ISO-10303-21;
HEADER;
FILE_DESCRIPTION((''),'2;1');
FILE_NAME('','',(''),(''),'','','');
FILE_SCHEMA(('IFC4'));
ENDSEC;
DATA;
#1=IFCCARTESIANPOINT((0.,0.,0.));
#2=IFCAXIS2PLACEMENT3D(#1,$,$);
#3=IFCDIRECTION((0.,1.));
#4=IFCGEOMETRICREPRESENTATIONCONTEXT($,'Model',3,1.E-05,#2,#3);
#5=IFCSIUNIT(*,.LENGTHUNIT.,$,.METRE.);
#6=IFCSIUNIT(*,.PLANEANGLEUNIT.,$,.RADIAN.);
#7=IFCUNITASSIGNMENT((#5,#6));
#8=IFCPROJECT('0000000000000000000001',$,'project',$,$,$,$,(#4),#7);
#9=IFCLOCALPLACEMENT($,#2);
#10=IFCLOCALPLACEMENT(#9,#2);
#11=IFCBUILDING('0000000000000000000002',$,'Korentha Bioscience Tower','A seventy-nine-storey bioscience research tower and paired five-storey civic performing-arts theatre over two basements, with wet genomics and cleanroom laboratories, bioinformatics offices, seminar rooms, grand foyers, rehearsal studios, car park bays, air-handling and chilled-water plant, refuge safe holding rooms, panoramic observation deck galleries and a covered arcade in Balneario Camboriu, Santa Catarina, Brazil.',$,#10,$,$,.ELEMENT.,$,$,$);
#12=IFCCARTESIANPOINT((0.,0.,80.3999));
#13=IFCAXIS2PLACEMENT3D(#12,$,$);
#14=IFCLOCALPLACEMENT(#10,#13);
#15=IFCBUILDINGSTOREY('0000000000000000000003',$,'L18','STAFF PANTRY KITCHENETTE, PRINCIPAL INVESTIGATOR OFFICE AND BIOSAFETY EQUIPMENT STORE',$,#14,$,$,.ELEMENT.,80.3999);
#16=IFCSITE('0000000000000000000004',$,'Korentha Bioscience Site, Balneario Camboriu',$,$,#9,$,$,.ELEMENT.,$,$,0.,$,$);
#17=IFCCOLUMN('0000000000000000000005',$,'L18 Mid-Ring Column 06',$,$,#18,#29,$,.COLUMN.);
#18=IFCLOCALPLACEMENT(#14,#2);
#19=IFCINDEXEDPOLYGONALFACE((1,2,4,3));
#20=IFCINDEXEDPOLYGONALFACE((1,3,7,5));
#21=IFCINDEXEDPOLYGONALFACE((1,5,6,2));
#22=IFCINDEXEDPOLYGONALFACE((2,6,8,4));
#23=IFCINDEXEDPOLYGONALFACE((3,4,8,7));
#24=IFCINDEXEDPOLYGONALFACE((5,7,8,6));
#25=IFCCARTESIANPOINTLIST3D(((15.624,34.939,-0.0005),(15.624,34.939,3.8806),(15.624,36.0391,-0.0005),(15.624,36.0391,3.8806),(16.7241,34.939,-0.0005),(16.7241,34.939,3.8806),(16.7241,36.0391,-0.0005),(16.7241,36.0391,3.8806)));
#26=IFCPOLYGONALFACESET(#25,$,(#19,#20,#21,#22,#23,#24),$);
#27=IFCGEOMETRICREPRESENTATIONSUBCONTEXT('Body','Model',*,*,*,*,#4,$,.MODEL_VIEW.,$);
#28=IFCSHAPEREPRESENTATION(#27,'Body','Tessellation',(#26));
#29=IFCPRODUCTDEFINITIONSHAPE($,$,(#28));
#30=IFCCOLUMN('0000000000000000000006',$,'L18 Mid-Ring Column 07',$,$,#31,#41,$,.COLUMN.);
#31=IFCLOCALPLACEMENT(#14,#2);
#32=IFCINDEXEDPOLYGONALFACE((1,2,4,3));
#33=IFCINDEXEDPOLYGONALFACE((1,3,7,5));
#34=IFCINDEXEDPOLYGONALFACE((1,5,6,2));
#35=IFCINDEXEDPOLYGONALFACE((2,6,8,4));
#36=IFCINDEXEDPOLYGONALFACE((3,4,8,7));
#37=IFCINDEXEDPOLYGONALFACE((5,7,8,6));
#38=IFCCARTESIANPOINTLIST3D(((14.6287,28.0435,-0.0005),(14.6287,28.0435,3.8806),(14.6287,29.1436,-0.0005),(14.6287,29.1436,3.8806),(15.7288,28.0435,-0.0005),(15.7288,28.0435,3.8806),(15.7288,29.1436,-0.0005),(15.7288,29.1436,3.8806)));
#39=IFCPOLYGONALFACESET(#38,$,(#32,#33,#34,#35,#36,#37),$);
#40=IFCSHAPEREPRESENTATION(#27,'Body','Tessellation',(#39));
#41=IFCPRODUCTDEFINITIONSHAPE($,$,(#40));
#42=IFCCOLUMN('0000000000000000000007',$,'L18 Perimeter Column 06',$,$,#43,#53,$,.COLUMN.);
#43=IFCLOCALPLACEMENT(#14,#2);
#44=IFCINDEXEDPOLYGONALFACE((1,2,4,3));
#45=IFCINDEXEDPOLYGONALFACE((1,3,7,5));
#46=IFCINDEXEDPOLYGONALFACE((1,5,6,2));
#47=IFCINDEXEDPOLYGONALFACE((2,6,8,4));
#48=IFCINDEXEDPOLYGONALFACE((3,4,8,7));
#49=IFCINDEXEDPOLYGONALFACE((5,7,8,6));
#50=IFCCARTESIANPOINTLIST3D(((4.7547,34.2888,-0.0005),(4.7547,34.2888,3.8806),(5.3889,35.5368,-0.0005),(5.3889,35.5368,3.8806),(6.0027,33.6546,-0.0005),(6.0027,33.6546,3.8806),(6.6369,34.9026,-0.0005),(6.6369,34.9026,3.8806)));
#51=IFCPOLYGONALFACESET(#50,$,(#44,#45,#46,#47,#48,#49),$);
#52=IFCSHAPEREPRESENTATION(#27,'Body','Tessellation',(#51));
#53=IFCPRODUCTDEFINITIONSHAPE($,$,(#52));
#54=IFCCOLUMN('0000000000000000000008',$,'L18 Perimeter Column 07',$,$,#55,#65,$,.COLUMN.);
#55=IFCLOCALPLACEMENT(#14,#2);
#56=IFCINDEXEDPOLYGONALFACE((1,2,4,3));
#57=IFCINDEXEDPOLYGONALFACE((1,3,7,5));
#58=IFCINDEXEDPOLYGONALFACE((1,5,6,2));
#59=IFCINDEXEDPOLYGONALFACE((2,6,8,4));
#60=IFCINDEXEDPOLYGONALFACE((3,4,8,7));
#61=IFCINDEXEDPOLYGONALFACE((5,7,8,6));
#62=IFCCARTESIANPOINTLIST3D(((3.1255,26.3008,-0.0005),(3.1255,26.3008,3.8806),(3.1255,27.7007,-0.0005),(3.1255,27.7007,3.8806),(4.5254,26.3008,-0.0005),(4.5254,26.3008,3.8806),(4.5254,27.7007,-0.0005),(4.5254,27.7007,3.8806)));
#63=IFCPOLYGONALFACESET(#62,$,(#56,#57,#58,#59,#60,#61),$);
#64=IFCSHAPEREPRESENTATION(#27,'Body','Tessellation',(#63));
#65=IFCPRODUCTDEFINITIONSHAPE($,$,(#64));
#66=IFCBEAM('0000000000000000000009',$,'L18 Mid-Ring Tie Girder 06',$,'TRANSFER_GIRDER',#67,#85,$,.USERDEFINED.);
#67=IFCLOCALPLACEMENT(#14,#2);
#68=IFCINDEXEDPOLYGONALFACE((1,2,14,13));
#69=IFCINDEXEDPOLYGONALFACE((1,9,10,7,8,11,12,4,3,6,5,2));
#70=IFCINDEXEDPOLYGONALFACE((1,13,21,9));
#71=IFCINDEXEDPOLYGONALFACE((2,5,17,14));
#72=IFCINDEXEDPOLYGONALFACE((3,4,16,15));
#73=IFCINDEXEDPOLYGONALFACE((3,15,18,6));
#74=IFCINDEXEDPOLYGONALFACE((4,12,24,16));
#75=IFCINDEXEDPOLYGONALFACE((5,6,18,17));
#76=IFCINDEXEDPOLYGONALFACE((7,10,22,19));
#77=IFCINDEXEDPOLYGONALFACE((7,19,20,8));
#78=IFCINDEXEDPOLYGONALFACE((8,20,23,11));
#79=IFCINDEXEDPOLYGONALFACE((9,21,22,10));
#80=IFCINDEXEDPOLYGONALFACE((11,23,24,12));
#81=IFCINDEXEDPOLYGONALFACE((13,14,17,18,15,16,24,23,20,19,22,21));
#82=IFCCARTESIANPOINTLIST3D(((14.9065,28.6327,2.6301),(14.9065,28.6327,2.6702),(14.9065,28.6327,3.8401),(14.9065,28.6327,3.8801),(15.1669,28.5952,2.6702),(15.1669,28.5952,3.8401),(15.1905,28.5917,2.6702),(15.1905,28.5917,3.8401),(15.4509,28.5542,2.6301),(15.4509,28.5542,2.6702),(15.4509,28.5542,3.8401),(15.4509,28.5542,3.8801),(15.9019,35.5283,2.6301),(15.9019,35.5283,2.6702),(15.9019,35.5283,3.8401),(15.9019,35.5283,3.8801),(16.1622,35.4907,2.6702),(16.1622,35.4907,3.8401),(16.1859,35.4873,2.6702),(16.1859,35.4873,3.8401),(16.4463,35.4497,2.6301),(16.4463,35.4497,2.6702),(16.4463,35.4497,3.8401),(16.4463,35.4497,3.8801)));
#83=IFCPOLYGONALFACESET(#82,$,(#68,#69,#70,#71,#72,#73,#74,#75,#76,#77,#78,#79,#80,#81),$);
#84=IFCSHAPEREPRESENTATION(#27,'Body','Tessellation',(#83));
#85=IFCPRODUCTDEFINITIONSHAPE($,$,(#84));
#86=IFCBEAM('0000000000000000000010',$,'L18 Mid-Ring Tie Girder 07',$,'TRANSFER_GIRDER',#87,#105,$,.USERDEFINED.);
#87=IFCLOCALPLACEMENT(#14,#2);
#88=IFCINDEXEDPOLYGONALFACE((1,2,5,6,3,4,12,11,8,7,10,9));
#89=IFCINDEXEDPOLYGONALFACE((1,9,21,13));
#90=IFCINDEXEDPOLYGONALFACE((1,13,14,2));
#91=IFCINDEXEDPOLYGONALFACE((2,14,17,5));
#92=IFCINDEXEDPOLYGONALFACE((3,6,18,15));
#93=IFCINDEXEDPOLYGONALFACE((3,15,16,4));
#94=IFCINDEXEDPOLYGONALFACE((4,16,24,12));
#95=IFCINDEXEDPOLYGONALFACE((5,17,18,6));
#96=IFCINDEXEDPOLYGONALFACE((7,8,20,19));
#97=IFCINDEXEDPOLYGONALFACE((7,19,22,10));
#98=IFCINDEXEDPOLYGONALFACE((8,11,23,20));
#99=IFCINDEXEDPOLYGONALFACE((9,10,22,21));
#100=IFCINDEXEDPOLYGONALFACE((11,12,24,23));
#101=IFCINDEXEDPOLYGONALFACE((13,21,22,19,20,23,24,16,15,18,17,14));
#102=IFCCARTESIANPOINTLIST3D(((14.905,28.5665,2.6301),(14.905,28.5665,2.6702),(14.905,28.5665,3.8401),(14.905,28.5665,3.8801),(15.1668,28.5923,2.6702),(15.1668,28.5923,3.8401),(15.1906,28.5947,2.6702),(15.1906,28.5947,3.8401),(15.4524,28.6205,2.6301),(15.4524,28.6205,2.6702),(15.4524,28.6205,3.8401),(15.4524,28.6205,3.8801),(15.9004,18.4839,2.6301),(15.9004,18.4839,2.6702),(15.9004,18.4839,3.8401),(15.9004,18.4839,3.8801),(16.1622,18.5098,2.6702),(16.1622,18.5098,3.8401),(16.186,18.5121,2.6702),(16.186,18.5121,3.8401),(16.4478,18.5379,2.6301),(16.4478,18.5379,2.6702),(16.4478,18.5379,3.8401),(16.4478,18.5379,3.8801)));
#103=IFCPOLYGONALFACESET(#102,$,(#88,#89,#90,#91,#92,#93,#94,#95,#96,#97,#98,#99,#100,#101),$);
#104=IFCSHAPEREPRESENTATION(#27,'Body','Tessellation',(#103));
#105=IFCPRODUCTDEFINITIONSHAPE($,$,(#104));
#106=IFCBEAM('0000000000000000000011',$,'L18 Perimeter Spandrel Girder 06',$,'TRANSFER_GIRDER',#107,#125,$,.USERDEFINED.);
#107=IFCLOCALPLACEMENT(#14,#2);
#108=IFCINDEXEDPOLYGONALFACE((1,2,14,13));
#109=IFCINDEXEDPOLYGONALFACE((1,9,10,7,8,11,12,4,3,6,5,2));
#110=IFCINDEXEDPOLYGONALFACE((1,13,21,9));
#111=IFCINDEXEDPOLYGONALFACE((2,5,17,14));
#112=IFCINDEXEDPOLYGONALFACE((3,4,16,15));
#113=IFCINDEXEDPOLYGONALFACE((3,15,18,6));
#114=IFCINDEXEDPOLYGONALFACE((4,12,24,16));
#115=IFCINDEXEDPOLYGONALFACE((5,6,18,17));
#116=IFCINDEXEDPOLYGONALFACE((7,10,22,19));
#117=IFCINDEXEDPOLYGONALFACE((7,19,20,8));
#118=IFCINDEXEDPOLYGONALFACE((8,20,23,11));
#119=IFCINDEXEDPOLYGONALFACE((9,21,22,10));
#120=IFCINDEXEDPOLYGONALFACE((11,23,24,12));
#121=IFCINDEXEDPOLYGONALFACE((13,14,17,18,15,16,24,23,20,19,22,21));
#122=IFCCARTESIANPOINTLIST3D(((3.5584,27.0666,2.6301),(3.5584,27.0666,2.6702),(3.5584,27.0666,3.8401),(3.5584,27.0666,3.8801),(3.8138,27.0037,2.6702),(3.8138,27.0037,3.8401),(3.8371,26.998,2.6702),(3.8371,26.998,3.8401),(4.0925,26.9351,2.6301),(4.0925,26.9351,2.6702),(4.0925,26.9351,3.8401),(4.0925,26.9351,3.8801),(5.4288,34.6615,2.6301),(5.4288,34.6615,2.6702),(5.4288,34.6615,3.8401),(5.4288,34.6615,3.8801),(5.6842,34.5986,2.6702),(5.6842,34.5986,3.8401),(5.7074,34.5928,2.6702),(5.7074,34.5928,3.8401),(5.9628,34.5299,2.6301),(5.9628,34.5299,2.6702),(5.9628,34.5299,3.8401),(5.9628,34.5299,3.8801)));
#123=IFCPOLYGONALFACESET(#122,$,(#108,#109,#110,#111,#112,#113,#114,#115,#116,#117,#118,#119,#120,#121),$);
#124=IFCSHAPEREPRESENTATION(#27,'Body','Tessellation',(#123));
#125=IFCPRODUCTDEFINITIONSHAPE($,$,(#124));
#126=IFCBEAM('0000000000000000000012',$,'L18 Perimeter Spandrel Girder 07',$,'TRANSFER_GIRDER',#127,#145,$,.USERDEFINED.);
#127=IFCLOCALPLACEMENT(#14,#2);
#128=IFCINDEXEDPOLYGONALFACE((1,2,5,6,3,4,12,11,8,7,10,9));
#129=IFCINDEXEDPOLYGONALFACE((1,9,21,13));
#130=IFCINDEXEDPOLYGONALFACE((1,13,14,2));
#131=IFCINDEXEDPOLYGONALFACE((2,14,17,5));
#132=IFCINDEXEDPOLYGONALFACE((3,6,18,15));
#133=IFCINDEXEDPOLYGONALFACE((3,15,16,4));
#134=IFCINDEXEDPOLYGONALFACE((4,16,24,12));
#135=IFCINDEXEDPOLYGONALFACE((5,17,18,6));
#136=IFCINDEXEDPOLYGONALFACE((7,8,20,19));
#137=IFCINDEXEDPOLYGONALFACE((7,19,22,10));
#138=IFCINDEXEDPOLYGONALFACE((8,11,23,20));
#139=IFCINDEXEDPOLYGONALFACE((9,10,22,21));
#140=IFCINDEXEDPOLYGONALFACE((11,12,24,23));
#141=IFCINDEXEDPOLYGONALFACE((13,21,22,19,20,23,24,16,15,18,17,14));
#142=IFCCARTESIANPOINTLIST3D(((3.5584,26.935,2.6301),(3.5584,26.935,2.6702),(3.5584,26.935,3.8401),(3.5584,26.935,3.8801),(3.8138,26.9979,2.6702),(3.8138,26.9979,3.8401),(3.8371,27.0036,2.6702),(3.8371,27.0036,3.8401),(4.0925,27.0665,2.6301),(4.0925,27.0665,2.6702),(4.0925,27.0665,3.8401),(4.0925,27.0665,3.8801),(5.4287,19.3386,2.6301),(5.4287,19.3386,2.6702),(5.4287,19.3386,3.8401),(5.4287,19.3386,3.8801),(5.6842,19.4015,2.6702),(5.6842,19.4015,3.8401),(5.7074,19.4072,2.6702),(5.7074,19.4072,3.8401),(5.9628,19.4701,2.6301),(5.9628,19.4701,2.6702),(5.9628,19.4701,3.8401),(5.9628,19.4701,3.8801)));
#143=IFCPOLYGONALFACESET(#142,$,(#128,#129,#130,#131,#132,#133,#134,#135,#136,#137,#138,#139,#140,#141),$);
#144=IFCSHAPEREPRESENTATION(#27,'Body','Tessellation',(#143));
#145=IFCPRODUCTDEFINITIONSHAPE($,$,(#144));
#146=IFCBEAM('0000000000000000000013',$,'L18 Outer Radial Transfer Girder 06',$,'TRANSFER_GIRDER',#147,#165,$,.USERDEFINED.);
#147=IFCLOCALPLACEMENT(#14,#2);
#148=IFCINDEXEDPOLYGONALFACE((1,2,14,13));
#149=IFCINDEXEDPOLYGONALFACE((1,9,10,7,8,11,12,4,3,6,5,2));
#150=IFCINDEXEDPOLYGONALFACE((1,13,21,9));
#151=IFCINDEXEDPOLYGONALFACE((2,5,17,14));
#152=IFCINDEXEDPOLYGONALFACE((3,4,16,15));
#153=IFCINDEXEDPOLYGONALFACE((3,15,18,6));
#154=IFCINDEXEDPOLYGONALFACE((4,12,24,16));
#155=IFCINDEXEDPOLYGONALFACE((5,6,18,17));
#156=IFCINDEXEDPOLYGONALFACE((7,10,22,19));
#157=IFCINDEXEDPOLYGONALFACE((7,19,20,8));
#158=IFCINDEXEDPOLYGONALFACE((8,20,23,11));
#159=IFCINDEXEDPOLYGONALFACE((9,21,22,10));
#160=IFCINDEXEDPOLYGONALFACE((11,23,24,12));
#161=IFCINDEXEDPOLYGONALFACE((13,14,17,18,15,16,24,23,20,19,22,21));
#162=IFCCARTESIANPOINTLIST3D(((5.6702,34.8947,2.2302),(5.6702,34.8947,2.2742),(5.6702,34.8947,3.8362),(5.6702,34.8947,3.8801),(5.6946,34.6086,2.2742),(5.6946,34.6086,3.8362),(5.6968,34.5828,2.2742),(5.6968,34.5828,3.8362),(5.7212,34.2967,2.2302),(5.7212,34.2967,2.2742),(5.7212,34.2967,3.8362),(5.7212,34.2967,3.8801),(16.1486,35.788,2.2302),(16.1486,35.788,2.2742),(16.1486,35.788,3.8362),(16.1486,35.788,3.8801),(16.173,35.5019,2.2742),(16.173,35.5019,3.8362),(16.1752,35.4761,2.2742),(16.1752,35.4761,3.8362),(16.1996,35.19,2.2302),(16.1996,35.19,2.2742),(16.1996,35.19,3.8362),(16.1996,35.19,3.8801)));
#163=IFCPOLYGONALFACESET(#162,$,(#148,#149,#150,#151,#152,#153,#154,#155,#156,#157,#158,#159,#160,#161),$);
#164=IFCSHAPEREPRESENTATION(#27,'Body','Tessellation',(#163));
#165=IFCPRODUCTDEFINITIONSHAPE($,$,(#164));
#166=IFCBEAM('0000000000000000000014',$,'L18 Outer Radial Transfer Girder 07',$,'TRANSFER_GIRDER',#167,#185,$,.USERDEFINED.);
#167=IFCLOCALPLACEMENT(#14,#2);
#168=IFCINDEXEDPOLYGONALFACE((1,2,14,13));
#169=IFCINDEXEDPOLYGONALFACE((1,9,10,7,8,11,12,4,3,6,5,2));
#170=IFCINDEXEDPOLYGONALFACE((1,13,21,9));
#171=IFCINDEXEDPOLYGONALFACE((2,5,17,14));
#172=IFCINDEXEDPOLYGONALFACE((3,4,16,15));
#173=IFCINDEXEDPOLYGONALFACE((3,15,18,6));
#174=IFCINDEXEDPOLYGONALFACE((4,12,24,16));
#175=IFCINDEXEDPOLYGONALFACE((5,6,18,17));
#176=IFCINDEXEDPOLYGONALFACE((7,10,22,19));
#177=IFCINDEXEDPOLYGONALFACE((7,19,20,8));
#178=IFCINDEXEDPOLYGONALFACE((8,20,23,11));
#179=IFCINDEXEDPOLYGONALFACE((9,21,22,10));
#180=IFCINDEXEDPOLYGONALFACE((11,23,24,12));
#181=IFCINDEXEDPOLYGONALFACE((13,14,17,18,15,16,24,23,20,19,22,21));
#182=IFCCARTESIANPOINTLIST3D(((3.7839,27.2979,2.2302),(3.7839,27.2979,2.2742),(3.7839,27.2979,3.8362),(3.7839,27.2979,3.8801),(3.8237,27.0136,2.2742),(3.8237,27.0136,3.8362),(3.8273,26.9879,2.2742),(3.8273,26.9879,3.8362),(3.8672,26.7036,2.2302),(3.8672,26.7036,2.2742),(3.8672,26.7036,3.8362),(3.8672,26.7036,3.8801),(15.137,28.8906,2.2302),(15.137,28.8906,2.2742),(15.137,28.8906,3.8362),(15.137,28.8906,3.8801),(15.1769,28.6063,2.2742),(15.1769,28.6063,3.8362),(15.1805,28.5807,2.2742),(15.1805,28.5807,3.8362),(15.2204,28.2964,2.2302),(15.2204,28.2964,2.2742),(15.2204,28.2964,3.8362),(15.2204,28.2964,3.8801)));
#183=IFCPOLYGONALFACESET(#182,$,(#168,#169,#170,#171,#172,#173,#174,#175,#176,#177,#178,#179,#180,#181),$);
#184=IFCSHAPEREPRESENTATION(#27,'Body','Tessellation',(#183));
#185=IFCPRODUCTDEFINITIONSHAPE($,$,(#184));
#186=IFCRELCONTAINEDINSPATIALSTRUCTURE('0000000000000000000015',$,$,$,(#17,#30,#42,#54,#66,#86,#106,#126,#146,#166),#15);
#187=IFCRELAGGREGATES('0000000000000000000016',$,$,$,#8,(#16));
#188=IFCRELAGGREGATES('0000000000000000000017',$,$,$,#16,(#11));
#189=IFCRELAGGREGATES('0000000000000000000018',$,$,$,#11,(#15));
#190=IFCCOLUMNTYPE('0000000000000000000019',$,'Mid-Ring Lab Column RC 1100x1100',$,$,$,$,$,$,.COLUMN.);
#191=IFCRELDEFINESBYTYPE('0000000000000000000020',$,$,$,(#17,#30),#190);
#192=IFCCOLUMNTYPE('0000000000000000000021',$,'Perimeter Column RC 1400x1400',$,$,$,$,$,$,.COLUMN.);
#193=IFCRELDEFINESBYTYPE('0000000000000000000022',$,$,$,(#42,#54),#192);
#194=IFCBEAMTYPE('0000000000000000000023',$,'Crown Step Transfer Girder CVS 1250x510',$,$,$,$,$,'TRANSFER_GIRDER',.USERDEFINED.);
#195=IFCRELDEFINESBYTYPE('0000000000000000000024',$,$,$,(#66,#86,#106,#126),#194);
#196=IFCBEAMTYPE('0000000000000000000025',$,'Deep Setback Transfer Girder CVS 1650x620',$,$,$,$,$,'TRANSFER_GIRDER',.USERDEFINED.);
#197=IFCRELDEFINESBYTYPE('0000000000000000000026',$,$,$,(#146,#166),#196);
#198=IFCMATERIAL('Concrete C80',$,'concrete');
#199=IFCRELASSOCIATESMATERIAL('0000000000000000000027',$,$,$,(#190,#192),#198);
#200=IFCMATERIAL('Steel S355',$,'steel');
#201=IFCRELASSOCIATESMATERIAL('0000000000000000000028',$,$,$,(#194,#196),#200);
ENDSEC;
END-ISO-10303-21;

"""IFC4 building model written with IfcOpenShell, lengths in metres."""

from ifc_helpers import new_model, si_unit, direction, frame, origin, origin_2d, place, context, subcontext, project, spatial, rectangle, i_section, extrude, material, material_profile, profile_set, type_object, element, save


model = new_model("IFC4")

# Units and contexts
model_context = context("Model", 3, precision=1e-05, world=origin(), true_north=direction((0.0, 1.0)))
body_context = subcontext(model_context, "Body", "Model", "MODEL_VIEW")
ifc_project = project(units=[si_unit("LENGTHUNIT", "METRE"), si_unit("PLANEANGLEUNIT", "RADIAN")], contexts=[model_context])

# Site, building, storey
site_placement = place(None, origin())
site = spatial("IfcSite", under=ifc_project, at=site_placement, Name="Korentha Bioscience Site, Balneario Camboriu", CompositionType="ELEMENT", RefElevation=0.0)
building_placement = place(site_placement, origin())
building = spatial("IfcBuilding", under=site, at=building_placement, Name="Korentha Bioscience Tower", Description="A seventy-nine-storey bioscience research tower and paired five-storey civic performing-arts theatre over two basements, with wet genomics and cleanroom laboratories, bioinformatics offices, seminar rooms, grand foyers, rehearsal studios, car park bays, air-handling and chilled-water plant, refuge safe holding rooms, panoramic observation deck galleries and a covered arcade in Balneario Camboriu, Santa Catarina, Brazil.", CompositionType="ELEMENT")
storey_placement = place(building_placement, frame((0.0, 0.0, 80.3999)))
storey = spatial("IfcBuildingStorey", under=building, at=storey_placement, Name="L18", Description="STAFF PANTRY KITCHENETTE, PRINCIPAL INVESTIGATOR OFFICE AND BIOSAFETY EQUIPMENT STORE", CompositionType="ELEMENT", Elevation=80.3999)

# Columns
ifc_material_1 = material(Name="Concrete C80", Category="concrete")
ifc_material_profile_1 = material_profile(ifc_material_1, rectangle(XDim=1.1001, YDim=1.1001, at=origin_2d()), Name="Concrete C80")
ifc_profile_set_1 = profile_set([ifc_material_profile_1], Name="Concrete C80 (COL-MR11)")
column_type_1 = type_object("IfcColumnType", Name="Mid-Ring Lab Column RC 1100x1100", PredefinedType="COLUMN", material=ifc_profile_set_1)
for number, where, z_axis, x_axis, name in (
    (1, (16.1741, 35.489, -0.0005), (0.0, 0.0, 1.0), (1.0, 0.0, 0.0), "L18 Mid-Ring Column 06"),
    (2, (15.1787, 28.5935, -0.0005), (0.0, 0.0, 1.0), (1.0, 0.0, 0.0), "L18 Mid-Ring Column 07"),
):
    element("IfcColumn", number, at=place(storey_placement, frame(where, z_axis=z_axis, x_axis=x_axis)), inside=storey, type_object=column_type_1, Name=name, PredefinedType="COLUMN", context=body_context, shape_type="SweptSolid", body=[
        extrude(rectangle(XDim=1.1001, YDim=1.1001, at=origin_2d()), origin(), (0.0, 0.0, 1.0), 3.8811),
    ])
ifc_material_profile_2 = material_profile(ifc_material_1, rectangle(XDim=1.3999, YDim=1.3999, at=origin_2d()), Name="Concrete C80")
ifc_profile_set_2 = profile_set([ifc_material_profile_2], Name="Concrete C80 (COL-P14)")
column_type_2 = type_object("IfcColumnType", Name="Perimeter Column RC 1400x1400", PredefinedType="COLUMN", material=ifc_profile_set_2)
for number, where, z_axis, x_axis, name in (
    (3, (5.6958, 34.5957, -0.0005), (0.0, 0.0, 1.0), (0.453057, 0.891481, 0.0), "L18 Perimeter Column 06"),
    (4, (3.8254, 27.0007, -0.0005), (0.0, 0.0, 1.0), (0.0, 1.0, 0.0), "L18 Perimeter Column 07"),
):
    element("IfcColumn", number, at=place(storey_placement, frame(where, z_axis=z_axis, x_axis=x_axis)), inside=storey, type_object=column_type_2, Name=name, PredefinedType="COLUMN", context=body_context, shape_type="SweptSolid", body=[
        extrude(rectangle(XDim=1.3999, YDim=1.3999, at=origin_2d()), origin(), (0.0, 0.0, 1.0), 3.8811),
    ])

# Beams
ifc_material_2 = material(Name="Steel S355", Category="steel")
ifc_material_profile_3 = material_profile(ifc_material_2, i_section(OverallWidth=0.55, OverallDepth=1.25, WebThickness=0.0239, FlangeThickness=0.04, at=origin_2d()), Name="Steel S355")
ifc_profile_set_3 = profile_set([ifc_material_profile_3], Name="Steel S355 (TG-03)")
beam_type_1 = type_object("IfcBeamType", Name="Crown Step Transfer Girder CVS 1250x510", ElementType="TRANSFER_GIRDER", PredefinedType="USERDEFINED", material=ifc_profile_set_3)
beam_1_placement = place(storey_placement, frame((16.1741, 35.489, 3.2551), z_axis=(-0.142868, -0.989742, 0.0), x_axis=(0.989742, -0.142868, 0.0)))
element("IfcBeam", 5, at=beam_1_placement, inside=storey, type_object=beam_type_1, Name="L18 Mid-Ring Tie Girder 06", ObjectType="TRANSFER_GIRDER", PredefinedType="USERDEFINED", context=body_context, shape_type="SweptSolid", body=[
    extrude(i_section(OverallWidth=0.55, OverallDepth=1.25, WebThickness=0.0239, FlangeThickness=0.04, at=origin_2d()), origin(), (0.0, 0.0, 1.0), 6.967),
])
beam_2_placement = place(storey_placement, frame((15.1787, 28.5935, 3.2551), z_axis=(0.098244, -0.995162, 0.0), x_axis=(0.995162, 0.098244, 0.0)))
element("IfcBeam", 6, at=beam_2_placement, inside=storey, type_object=beam_type_1, Name="L18 Mid-Ring Tie Girder 07", ObjectType="TRANSFER_GIRDER", PredefinedType="USERDEFINED", context=body_context, shape_type="SweptSolid", body=[
    extrude(i_section(OverallWidth=0.55, OverallDepth=1.25, WebThickness=0.0239, FlangeThickness=0.04, at=origin_2d()), origin(), (0.0, 0.0, 1.0), 10.1316),
])
beam_3_placement = place(storey_placement, frame((5.6958, 34.5957, 3.2551), z_axis=(-0.239119, -0.97099, 0.0), x_axis=(0.97099, -0.239119, 0.0)))
element("IfcBeam", 7, at=beam_3_placement, inside=storey, type_object=beam_type_1, Name="L18 Perimeter Spandrel Girder 06", ObjectType="TRANSFER_GIRDER", PredefinedType="USERDEFINED", context=body_context, shape_type="SweptSolid", body=[
    extrude(i_section(OverallWidth=0.55, OverallDepth=1.25, WebThickness=0.0239, FlangeThickness=0.04, at=origin_2d()), origin(), (0.0, 0.0, 1.0), 7.8218),
])
beam_4_placement = place(storey_placement, frame((3.8254, 27.0007, 3.2551), z_axis=(0.239076, -0.971001, 0.0), x_axis=(0.971001, 0.239076, 0.0)))
element("IfcBeam", 8, at=beam_4_placement, inside=storey, type_object=beam_type_1, Name="L18 Perimeter Spandrel Girder 07", ObjectType="TRANSFER_GIRDER", PredefinedType="USERDEFINED", context=body_context, shape_type="SweptSolid", body=[
    extrude(i_section(OverallWidth=0.55, OverallDepth=1.25, WebThickness=0.0239, FlangeThickness=0.04, at=origin_2d()), origin(), (0.0, 0.0, 1.0), 7.8232),
])
ifc_material_profile_4 = material_profile(ifc_material_2, i_section(OverallWidth=0.6001, OverallDepth=1.6499, WebThickness=0.0259, FlangeThickness=0.0439, at=origin_2d()), Name="Steel S355")
ifc_profile_set_4 = profile_set([ifc_material_profile_4], Name="Steel S355 (TG-04)")
beam_type_2 = type_object("IfcBeamType", Name="Deep Setback Transfer Girder CVS 1650x620", ElementType="TRANSFER_GIRDER", PredefinedType="USERDEFINED", material=ifc_profile_set_4)
beam_5_placement = place(storey_placement, frame((16.1741, 35.489, 3.0552), z_axis=(-0.996386, -0.084945, 0.0), x_axis=(0.084945, -0.996386, 0.0)))
element("IfcBeam", 9, at=beam_5_placement, inside=storey, type_object=beam_type_2, Name="L18 Outer Radial Transfer Girder 06", ObjectType="TRANSFER_GIRDER", PredefinedType="USERDEFINED", context=body_context, shape_type="SweptSolid", body=[
    extrude(i_section(OverallWidth=0.6001, OverallDepth=1.6499, WebThickness=0.0259, FlangeThickness=0.0439, at=origin_2d()), origin(), (0.0, 0.0, 1.0), 10.5164),
])
beam_6_placement = place(storey_placement, frame((15.1787, 28.5935, 3.0552), z_axis=(-0.990302, -0.138931, 0.0), x_axis=(0.138931, -0.990302, 0.0)))
element("IfcBeam", 10, at=beam_6_placement, inside=storey, type_object=beam_type_2, Name="L18 Outer Radial Transfer Girder 07", ObjectType="TRANSFER_GIRDER", PredefinedType="USERDEFINED", context=body_context, shape_type="SweptSolid", body=[
    extrude(i_section(OverallWidth=0.6001, OverallDepth=1.6499, WebThickness=0.0259, FlangeThickness=0.0439, at=origin_2d()), origin(), (0.0, 0.0, 1.0), 11.4644),
])

save(model, "model.ifc")
